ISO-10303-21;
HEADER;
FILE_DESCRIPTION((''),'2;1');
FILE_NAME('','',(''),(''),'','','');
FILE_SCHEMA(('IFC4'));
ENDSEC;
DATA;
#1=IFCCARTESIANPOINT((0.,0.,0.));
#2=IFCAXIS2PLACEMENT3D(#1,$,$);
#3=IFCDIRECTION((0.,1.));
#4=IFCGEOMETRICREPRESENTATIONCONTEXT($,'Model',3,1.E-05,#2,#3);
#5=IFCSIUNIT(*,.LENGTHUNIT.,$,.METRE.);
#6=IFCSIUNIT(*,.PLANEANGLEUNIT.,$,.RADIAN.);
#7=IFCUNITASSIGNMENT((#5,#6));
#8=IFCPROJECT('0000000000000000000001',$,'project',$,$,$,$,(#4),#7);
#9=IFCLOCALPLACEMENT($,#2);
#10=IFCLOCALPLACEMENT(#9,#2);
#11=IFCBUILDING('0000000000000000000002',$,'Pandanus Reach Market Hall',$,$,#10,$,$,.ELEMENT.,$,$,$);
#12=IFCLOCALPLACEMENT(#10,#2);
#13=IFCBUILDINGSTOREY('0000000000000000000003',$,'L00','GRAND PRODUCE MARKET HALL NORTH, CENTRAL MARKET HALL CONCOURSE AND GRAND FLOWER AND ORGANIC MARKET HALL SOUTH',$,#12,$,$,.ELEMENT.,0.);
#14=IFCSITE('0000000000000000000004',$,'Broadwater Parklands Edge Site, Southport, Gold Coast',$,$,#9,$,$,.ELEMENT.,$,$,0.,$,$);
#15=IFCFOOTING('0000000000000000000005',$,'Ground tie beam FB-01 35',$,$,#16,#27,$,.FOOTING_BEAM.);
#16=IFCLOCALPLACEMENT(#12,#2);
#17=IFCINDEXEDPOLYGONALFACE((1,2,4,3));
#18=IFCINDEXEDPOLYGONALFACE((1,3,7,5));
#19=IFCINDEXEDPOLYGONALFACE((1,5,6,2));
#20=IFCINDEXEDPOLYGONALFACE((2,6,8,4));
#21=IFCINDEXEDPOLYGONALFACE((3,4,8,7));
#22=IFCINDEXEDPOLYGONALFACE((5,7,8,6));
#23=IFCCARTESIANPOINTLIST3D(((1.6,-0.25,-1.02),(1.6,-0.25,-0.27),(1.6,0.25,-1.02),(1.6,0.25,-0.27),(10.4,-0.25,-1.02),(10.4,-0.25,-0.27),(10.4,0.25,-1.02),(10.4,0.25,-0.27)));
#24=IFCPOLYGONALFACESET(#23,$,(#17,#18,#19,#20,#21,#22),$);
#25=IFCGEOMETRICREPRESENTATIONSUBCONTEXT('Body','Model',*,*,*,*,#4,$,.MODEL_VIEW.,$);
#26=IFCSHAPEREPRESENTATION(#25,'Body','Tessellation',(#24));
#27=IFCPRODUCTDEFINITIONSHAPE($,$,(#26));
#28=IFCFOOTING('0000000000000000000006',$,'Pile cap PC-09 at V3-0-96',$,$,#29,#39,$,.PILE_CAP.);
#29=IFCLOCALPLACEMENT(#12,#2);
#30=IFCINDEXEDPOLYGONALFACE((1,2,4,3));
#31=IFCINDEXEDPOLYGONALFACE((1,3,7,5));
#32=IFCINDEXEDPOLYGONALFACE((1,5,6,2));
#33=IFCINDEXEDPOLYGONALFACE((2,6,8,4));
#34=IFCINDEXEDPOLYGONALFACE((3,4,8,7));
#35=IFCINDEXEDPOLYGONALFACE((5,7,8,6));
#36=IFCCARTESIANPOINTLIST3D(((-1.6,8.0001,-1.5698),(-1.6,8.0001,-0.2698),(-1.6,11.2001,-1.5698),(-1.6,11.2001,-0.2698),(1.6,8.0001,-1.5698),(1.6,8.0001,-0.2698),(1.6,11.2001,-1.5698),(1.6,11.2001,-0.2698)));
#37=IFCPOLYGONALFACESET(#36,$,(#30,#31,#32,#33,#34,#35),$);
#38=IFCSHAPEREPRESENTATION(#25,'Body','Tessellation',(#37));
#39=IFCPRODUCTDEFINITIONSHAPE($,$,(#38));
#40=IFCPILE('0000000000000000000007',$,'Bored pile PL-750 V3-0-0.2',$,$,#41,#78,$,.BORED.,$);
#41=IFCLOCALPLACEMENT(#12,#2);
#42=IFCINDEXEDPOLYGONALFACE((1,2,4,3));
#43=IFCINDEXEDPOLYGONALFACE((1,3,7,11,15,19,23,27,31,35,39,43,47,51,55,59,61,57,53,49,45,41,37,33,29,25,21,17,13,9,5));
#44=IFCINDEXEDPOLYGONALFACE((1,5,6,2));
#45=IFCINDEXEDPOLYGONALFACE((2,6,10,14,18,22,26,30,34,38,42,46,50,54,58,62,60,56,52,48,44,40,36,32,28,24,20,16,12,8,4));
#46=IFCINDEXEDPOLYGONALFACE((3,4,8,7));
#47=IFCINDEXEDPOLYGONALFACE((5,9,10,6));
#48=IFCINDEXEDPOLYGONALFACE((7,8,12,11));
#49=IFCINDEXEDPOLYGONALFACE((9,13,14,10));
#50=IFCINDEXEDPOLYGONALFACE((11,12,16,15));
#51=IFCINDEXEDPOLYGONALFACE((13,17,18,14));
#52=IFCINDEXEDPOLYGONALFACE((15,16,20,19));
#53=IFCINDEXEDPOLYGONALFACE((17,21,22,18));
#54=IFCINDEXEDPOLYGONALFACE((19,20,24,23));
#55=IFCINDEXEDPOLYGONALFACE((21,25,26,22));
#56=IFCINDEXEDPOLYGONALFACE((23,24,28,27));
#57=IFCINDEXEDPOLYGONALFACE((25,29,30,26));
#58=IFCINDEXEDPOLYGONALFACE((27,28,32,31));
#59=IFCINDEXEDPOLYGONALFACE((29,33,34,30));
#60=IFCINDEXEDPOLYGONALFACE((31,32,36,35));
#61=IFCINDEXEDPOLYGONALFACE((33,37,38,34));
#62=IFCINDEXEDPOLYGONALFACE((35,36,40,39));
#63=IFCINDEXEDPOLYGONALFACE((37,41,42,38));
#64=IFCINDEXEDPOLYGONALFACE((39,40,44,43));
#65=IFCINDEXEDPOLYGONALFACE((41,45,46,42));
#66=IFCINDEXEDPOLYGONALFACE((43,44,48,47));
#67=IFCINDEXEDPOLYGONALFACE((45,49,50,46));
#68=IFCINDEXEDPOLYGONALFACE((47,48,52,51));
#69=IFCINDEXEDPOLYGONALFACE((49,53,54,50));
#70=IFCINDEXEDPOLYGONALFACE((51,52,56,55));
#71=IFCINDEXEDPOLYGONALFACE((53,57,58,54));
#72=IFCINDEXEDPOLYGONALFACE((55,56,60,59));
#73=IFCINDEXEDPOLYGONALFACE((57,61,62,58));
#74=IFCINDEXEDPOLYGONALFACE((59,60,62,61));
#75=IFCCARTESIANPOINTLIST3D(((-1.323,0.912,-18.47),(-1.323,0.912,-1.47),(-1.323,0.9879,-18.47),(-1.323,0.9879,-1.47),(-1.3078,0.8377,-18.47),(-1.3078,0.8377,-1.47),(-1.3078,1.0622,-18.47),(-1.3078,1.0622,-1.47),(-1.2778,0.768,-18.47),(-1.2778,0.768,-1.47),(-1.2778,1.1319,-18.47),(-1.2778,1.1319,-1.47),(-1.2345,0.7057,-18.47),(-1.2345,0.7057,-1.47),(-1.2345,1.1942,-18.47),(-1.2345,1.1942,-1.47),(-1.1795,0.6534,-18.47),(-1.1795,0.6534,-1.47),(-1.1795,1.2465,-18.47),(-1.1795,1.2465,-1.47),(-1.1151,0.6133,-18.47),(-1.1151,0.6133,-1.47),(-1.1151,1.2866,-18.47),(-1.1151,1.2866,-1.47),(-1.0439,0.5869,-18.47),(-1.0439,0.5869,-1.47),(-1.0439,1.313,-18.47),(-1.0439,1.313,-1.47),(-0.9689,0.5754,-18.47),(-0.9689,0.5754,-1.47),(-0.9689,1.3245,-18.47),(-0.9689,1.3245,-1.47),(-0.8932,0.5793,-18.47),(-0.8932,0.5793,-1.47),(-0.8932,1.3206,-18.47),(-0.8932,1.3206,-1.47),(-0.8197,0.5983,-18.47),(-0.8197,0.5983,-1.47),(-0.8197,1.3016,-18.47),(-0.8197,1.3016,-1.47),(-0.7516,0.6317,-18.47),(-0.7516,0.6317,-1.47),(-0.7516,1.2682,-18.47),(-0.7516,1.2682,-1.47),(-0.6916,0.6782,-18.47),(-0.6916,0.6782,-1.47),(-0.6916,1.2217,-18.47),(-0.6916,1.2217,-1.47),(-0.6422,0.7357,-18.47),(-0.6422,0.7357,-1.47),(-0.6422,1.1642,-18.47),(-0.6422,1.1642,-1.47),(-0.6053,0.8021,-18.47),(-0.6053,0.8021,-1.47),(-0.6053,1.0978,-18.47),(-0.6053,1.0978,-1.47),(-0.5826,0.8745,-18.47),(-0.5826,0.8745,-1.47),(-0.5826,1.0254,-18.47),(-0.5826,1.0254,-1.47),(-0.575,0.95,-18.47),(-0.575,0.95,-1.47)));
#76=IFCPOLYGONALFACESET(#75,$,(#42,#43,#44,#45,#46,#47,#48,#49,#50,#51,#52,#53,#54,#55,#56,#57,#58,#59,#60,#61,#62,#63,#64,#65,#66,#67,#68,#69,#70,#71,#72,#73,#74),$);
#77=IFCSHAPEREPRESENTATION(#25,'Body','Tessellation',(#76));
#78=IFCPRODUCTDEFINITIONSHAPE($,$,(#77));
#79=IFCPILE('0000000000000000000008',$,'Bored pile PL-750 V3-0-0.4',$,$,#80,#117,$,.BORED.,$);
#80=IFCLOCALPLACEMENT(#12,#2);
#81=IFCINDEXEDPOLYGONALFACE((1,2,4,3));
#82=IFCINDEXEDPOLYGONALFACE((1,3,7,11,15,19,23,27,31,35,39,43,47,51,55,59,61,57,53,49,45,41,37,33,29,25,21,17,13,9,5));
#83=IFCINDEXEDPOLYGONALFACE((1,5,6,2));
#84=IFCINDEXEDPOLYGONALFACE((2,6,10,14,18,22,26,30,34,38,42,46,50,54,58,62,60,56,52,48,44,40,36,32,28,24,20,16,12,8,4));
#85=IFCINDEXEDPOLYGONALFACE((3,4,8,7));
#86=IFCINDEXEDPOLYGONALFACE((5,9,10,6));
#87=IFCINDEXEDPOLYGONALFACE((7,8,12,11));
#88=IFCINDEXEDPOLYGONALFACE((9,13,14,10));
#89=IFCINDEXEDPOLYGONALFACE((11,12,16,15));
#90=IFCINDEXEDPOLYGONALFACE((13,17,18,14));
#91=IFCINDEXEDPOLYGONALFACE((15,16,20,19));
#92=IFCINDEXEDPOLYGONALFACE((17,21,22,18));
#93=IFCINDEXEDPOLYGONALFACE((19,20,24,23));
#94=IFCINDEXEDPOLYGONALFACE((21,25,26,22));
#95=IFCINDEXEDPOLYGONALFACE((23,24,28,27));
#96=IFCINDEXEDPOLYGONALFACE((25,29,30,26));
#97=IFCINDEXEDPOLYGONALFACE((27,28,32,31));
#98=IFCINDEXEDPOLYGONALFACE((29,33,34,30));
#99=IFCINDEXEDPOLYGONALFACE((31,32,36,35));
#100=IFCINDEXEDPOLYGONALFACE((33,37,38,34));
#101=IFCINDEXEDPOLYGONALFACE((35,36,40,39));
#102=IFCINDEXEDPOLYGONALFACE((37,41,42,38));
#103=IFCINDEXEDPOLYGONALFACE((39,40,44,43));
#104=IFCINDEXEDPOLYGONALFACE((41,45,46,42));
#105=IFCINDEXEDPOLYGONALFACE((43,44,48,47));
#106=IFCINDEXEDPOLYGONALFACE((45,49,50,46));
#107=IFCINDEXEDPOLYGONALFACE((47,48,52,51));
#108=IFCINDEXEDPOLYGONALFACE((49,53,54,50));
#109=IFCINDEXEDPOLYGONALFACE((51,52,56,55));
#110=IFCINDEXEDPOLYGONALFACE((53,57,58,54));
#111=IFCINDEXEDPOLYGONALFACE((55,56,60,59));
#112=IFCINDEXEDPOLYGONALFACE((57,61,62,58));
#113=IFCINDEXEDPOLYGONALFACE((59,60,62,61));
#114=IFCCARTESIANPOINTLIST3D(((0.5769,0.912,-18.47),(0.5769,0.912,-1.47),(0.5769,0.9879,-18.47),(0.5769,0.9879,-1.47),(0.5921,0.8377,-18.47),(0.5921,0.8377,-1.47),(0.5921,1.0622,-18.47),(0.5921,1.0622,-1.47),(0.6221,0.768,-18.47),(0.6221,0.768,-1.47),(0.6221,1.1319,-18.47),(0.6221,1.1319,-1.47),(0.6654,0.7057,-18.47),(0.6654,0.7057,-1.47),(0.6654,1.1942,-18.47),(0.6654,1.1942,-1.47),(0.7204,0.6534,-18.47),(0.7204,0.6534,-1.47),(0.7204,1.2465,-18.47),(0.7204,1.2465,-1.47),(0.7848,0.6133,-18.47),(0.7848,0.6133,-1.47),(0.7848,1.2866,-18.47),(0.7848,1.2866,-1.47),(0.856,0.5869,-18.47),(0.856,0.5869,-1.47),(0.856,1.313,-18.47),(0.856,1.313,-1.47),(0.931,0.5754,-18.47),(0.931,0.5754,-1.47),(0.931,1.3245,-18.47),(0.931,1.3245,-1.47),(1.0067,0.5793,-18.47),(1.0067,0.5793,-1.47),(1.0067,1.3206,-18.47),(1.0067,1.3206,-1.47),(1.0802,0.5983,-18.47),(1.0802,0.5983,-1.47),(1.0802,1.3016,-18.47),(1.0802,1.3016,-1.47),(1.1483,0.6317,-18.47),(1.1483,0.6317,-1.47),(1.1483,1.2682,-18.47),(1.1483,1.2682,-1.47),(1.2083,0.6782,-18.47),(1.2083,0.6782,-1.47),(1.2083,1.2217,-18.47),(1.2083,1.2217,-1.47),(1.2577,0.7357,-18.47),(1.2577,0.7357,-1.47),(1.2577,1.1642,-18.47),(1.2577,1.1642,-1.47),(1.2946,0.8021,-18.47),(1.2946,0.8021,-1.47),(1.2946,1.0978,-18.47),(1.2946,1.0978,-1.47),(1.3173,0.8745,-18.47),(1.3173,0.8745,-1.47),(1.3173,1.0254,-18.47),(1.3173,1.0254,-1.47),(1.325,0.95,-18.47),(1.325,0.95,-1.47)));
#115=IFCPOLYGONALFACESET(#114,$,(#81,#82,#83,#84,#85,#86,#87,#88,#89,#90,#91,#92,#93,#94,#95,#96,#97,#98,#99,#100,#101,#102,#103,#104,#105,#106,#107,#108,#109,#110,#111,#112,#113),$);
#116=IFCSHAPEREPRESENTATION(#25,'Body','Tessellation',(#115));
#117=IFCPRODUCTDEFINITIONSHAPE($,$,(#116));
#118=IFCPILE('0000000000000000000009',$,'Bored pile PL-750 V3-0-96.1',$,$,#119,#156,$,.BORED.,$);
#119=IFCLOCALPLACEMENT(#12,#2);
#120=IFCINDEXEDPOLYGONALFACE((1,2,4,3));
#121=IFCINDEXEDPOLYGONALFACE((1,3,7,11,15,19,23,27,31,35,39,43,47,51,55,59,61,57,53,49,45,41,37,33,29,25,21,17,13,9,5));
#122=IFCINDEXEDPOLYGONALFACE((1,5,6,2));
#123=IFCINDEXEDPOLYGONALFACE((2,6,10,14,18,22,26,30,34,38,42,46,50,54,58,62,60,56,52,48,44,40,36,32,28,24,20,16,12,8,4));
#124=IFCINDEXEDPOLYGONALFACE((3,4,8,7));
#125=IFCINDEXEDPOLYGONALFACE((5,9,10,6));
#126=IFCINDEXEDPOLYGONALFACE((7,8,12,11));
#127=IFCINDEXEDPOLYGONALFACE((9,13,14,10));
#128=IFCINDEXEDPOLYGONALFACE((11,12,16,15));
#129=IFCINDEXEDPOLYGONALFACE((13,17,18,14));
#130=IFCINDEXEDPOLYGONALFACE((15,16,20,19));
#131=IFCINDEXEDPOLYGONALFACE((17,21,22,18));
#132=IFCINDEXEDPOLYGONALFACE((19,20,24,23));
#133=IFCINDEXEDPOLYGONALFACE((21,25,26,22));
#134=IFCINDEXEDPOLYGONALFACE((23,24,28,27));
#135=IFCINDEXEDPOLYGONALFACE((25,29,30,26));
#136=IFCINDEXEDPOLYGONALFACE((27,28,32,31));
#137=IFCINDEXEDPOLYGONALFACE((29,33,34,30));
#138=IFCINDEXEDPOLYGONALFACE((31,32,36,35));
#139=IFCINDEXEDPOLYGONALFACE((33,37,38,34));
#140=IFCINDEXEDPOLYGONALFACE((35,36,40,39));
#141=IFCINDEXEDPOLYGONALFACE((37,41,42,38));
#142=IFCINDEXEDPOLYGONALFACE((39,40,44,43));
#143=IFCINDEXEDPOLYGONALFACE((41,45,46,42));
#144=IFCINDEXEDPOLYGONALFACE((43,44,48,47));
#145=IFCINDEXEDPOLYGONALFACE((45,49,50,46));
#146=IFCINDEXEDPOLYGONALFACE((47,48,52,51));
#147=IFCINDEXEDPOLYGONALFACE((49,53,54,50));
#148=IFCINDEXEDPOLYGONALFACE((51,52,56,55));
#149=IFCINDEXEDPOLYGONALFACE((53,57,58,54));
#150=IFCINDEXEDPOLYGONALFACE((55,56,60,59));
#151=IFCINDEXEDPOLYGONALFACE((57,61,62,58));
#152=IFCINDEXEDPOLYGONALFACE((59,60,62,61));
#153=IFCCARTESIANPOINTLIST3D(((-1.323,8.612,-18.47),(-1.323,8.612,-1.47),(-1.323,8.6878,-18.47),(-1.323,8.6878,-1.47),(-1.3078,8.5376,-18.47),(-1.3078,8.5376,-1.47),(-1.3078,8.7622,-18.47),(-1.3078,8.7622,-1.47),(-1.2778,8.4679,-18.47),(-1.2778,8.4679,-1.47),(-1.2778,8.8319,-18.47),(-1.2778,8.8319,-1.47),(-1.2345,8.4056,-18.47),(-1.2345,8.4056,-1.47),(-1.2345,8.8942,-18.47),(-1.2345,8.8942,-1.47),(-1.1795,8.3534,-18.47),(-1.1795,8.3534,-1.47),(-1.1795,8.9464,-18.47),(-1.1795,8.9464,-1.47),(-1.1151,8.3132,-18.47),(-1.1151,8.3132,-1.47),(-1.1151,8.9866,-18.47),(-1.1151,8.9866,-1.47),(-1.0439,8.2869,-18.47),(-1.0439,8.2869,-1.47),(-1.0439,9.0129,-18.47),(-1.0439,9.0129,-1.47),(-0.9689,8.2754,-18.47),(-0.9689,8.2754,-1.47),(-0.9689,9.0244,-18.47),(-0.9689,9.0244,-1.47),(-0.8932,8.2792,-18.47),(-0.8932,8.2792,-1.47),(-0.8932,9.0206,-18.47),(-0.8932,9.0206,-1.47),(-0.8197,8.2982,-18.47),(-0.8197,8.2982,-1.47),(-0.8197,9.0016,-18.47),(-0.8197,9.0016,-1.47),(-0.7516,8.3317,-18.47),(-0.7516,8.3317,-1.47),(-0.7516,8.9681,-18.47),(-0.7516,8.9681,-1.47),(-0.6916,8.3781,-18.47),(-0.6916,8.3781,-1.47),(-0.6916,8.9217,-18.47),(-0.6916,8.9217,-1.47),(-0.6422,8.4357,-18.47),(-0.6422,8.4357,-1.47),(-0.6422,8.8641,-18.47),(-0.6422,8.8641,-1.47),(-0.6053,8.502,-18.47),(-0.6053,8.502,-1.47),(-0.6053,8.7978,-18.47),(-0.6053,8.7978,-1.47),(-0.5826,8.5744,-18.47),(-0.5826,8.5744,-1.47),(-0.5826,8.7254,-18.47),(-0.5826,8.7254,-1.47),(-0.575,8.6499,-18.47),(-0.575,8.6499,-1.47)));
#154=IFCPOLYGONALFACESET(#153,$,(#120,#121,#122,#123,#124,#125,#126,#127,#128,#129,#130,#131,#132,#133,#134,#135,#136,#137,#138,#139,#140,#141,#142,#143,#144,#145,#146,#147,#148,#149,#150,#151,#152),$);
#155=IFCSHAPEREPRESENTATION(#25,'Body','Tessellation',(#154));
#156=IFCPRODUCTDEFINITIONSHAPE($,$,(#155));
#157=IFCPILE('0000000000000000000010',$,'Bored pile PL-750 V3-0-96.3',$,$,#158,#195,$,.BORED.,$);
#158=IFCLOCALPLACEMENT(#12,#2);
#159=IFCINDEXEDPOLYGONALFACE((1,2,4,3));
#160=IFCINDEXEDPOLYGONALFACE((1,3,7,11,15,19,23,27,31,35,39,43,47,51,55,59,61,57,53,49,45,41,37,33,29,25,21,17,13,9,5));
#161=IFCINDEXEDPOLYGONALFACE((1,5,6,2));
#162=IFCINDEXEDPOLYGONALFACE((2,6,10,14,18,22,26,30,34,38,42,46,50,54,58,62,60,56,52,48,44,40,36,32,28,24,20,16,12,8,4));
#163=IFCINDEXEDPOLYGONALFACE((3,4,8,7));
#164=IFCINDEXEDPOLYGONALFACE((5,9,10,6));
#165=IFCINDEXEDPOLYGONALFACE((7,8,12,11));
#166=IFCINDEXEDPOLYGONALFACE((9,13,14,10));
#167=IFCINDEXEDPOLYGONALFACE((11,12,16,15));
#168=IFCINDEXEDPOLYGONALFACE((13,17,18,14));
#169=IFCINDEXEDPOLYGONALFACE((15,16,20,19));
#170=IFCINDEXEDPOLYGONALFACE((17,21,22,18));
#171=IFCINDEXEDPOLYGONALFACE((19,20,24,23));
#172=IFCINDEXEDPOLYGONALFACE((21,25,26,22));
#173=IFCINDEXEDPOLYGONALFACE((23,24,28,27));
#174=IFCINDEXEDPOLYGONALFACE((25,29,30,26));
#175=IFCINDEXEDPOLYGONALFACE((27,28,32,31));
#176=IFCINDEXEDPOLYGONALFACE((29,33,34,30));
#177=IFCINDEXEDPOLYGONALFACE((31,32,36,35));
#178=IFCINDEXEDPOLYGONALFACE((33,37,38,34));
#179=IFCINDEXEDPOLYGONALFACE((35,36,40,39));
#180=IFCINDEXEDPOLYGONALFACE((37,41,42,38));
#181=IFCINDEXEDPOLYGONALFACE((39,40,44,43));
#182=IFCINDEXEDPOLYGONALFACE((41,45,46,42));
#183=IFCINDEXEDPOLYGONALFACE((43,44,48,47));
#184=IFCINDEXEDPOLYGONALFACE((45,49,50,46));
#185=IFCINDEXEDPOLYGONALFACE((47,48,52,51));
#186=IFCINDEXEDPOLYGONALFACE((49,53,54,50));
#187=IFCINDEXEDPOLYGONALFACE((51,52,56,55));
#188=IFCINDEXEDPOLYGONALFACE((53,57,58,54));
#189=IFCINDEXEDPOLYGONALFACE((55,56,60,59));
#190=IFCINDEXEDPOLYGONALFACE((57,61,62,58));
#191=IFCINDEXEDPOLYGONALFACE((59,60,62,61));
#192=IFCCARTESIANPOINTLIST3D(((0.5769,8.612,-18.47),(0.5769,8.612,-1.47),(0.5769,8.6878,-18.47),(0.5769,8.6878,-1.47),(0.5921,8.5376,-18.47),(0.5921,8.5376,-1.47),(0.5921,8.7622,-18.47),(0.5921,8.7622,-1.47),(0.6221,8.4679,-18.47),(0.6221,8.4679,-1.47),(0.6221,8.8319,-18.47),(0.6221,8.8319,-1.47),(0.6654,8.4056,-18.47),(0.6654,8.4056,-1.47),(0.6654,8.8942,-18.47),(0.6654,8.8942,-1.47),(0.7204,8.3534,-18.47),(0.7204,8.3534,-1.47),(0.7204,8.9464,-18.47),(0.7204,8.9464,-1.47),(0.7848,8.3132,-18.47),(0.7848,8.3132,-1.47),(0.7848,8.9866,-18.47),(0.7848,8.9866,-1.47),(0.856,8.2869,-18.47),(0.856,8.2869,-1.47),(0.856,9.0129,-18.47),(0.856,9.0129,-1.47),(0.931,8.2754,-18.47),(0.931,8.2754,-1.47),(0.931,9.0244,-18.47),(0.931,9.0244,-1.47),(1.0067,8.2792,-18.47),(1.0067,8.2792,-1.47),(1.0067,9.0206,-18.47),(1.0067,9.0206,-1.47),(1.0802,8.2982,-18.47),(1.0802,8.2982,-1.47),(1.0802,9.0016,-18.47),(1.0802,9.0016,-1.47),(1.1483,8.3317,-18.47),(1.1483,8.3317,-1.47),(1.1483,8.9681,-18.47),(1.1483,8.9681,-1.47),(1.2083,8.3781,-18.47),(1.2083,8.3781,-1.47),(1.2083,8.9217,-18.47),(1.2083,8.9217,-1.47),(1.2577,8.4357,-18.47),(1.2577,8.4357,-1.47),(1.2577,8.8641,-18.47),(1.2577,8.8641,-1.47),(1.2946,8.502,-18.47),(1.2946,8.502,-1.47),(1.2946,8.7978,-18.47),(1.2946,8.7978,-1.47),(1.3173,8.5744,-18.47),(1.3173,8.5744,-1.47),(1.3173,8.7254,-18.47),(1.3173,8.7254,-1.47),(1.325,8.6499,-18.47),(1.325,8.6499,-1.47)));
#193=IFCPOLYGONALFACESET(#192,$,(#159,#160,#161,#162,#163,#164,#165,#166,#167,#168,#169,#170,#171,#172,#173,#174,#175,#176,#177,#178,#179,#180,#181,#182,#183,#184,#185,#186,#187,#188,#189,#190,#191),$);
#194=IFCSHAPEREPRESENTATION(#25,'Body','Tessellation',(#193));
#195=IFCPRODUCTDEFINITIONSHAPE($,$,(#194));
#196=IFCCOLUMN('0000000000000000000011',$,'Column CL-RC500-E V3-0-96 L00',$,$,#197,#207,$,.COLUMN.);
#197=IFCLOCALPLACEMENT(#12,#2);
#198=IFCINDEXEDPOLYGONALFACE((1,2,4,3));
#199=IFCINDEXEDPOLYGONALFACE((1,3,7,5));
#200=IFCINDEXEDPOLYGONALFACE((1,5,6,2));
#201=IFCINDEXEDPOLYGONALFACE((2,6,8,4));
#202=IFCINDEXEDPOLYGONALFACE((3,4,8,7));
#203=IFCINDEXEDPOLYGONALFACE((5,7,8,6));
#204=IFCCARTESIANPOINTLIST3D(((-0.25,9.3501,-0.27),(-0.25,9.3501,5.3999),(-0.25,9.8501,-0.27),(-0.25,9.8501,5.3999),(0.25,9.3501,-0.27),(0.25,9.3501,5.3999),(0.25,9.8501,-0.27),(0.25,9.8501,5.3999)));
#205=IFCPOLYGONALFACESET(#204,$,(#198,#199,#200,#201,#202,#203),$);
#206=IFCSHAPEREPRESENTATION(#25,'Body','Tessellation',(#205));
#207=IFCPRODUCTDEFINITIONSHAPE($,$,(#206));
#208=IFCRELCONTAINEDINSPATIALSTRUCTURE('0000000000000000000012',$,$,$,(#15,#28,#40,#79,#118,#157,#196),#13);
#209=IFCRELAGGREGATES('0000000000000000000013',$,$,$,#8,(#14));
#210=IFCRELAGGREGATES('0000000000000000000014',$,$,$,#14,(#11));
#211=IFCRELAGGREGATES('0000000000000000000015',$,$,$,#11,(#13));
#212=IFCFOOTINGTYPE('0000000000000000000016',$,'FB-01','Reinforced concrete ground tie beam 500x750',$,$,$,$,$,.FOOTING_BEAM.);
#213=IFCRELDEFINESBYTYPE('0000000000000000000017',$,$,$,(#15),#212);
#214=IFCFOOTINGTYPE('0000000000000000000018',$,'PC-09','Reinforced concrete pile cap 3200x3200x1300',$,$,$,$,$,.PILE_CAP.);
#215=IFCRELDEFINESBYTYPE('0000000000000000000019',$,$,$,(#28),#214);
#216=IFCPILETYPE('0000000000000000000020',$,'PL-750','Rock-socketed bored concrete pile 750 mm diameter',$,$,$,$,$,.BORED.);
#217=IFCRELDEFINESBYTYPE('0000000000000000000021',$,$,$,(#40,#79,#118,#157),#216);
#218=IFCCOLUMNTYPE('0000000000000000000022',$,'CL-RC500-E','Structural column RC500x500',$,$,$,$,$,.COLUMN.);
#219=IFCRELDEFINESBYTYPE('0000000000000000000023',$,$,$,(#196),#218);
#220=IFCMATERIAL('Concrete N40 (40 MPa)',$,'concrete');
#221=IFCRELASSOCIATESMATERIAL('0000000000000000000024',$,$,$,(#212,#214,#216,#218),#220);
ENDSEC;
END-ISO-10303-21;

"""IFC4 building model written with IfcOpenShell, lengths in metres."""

from ifc_helpers import new_model, si_unit, direction, frame, origin, origin_2d, place, context, subcontext, project, spatial, rectangle, circle, extrude, material, material_profile, profile_set, type_object, element, save


model = new_model("IFC4")

# Units and contexts
model_context = context("Model", 3, precision=1e-05, world=origin(), true_north=direction((0.0, 1.0)))
body_context = subcontext(model_context, "Body", "Model", "MODEL_VIEW")
ifc_project = project(units=[si_unit("LENGTHUNIT", "METRE"), si_unit("PLANEANGLEUNIT", "RADIAN")], contexts=[model_context])

# Site, building, storey
site_placement = place(None, origin())
site = spatial("IfcSite", under=ifc_project, at=site_placement, Name="Broadwater Parklands Edge Site, Southport, Gold Coast", CompositionType="ELEMENT", RefElevation=0.0)
building_placement = place(site_placement, origin())
building = spatial("IfcBuilding", under=site, at=building_placement, Name="Pandanus Reach Market Hall", CompositionType="ELEMENT")
storey_placement = place(building_placement, origin())
storey = spatial("IfcBuildingStorey", under=building, at=storey_placement, Name="L00", Description="GRAND PRODUCE MARKET HALL NORTH, CENTRAL MARKET HALL CONCOURSE AND GRAND FLOWER AND ORGANIC MARKET HALL SOUTH", CompositionType="ELEMENT", Elevation=0.0)

# Footings
ifc_material_1 = material(Name="Concrete N40 (40 MPa)", Category="concrete")
footing_type_1 = type_object("IfcFootingType", Name="FB-01", Description="Reinforced concrete ground tie beam 500x750", PredefinedType="FOOTING_BEAM", material=ifc_material_1)
footing_1_placement = place(storey_placement, frame((6.0, 0.0, -1.02), z_axis=(0.0, 0.0, 1.0), x_axis=(1.0, 0.0, 0.0)))
element("IfcFooting", 1, at=footing_1_placement, inside=storey, type_object=footing_type_1, Name="Ground tie beam FB-01 35", PredefinedType="FOOTING_BEAM", context=body_context, shape_type="SweptSolid", body=[
    extrude(rectangle(XDim=8.8, YDim=0.5, at=origin_2d()), origin(), (0.0, 0.0, 1.0), 0.75),
])
footing_type_2 = type_object("IfcFootingType", Name="PC-09", Description="Reinforced concrete pile cap 3200x3200x1300", PredefinedType="PILE_CAP", material=ifc_material_1)
footing_2_placement = place(storey_placement, frame((0.0, 9.6001, -1.5698), z_axis=(0.0, 0.0, 1.0), x_axis=(1.0, 0.0, 0.0)))
element("IfcFooting", 2, at=footing_2_placement, inside=storey, type_object=footing_type_2, Name="Pile cap PC-09 at V3-0-96", PredefinedType="PILE_CAP", context=body_context, shape_type="SweptSolid", body=[
    extrude(rectangle(XDim=3.2, YDim=3.2, at=origin_2d()), origin(), (0.0, 0.0, 1.0), 1.3),
])

# Piles
ifc_material_profile_1 = material_profile(ifc_material_1, circle(Radius=0.375, at=origin_2d()), Name="PILE-750D", Category="LoadBearing")
ifc_profile_set_1 = profile_set([ifc_material_profile_1], Name="Concrete N40 (40 MPa)")
pile_type = type_object("IfcPileType", Name="PL-750", Description="Rock-socketed bored concrete pile 750 mm diameter", PredefinedType="BORED", material=ifc_profile_set_1)
for number, where, z_axis, x_axis, name in (
    (3, (-0.95, 0.95, -1.47), (0.0, 0.0, -1.0), (1.0, 0.0, 0.0), "Bored pile PL-750 V3-0-0.2"),
    (4, (0.95, 0.95, -1.47), (0.0, 0.0, -1.0), (1.0, 0.0, 0.0), "Bored pile PL-750 V3-0-0.4"),
    (5, (-0.95, 8.6499, -1.47), (0.0, 0.0, -1.0), (1.0, 0.0, 0.0), "Bored pile PL-750 V3-0-96.1"),
    (6, (0.95, 8.6499, -1.47), (0.0, 0.0, -1.0), (1.0, 0.0, 0.0), "Bored pile PL-750 V3-0-96.3"),
):
    element("IfcPile", number, at=place(storey_placement, frame(where, z_axis=z_axis, x_axis=x_axis)), inside=storey, type_object=pile_type, Name=name, PredefinedType="BORED", context=body_context, shape_type="SweptSolid", body=[
        extrude(circle(Radius=0.375, at=origin_2d()), origin(), (0.0, 0.0, 1.0), 17.0),
    ])

# Column
ifc_material_profile_2 = material_profile(ifc_material_1, rectangle(XDim=0.5, YDim=0.5, at=origin_2d()), Name="RC500x500", Category="LoadBearing")
ifc_profile_set_2 = profile_set([ifc_material_profile_2], Name="Concrete N40 (40 MPa)")
column_type = type_object("IfcColumnType", Name="CL-RC500-E", Description="Structural column RC500x500", PredefinedType="COLUMN", material=ifc_profile_set_2)
column_placement = place(storey_placement, frame((0.0, 9.6001, -0.27), z_axis=(0.0, 0.0, 1.0), x_axis=(1.0, 0.0, 0.0)))
element("IfcColumn", 7, at=column_placement, inside=storey, type_object=column_type, Name="Column CL-RC500-E V3-0-96 L00", PredefinedType="COLUMN", context=body_context, shape_type="SweptSolid", body=[
    extrude(rectangle(XDim=0.5, YDim=0.5, at=origin_2d()), origin(), (0.0, 0.0, 1.0), 5.6699),
])

save(model, "model.ifc")
